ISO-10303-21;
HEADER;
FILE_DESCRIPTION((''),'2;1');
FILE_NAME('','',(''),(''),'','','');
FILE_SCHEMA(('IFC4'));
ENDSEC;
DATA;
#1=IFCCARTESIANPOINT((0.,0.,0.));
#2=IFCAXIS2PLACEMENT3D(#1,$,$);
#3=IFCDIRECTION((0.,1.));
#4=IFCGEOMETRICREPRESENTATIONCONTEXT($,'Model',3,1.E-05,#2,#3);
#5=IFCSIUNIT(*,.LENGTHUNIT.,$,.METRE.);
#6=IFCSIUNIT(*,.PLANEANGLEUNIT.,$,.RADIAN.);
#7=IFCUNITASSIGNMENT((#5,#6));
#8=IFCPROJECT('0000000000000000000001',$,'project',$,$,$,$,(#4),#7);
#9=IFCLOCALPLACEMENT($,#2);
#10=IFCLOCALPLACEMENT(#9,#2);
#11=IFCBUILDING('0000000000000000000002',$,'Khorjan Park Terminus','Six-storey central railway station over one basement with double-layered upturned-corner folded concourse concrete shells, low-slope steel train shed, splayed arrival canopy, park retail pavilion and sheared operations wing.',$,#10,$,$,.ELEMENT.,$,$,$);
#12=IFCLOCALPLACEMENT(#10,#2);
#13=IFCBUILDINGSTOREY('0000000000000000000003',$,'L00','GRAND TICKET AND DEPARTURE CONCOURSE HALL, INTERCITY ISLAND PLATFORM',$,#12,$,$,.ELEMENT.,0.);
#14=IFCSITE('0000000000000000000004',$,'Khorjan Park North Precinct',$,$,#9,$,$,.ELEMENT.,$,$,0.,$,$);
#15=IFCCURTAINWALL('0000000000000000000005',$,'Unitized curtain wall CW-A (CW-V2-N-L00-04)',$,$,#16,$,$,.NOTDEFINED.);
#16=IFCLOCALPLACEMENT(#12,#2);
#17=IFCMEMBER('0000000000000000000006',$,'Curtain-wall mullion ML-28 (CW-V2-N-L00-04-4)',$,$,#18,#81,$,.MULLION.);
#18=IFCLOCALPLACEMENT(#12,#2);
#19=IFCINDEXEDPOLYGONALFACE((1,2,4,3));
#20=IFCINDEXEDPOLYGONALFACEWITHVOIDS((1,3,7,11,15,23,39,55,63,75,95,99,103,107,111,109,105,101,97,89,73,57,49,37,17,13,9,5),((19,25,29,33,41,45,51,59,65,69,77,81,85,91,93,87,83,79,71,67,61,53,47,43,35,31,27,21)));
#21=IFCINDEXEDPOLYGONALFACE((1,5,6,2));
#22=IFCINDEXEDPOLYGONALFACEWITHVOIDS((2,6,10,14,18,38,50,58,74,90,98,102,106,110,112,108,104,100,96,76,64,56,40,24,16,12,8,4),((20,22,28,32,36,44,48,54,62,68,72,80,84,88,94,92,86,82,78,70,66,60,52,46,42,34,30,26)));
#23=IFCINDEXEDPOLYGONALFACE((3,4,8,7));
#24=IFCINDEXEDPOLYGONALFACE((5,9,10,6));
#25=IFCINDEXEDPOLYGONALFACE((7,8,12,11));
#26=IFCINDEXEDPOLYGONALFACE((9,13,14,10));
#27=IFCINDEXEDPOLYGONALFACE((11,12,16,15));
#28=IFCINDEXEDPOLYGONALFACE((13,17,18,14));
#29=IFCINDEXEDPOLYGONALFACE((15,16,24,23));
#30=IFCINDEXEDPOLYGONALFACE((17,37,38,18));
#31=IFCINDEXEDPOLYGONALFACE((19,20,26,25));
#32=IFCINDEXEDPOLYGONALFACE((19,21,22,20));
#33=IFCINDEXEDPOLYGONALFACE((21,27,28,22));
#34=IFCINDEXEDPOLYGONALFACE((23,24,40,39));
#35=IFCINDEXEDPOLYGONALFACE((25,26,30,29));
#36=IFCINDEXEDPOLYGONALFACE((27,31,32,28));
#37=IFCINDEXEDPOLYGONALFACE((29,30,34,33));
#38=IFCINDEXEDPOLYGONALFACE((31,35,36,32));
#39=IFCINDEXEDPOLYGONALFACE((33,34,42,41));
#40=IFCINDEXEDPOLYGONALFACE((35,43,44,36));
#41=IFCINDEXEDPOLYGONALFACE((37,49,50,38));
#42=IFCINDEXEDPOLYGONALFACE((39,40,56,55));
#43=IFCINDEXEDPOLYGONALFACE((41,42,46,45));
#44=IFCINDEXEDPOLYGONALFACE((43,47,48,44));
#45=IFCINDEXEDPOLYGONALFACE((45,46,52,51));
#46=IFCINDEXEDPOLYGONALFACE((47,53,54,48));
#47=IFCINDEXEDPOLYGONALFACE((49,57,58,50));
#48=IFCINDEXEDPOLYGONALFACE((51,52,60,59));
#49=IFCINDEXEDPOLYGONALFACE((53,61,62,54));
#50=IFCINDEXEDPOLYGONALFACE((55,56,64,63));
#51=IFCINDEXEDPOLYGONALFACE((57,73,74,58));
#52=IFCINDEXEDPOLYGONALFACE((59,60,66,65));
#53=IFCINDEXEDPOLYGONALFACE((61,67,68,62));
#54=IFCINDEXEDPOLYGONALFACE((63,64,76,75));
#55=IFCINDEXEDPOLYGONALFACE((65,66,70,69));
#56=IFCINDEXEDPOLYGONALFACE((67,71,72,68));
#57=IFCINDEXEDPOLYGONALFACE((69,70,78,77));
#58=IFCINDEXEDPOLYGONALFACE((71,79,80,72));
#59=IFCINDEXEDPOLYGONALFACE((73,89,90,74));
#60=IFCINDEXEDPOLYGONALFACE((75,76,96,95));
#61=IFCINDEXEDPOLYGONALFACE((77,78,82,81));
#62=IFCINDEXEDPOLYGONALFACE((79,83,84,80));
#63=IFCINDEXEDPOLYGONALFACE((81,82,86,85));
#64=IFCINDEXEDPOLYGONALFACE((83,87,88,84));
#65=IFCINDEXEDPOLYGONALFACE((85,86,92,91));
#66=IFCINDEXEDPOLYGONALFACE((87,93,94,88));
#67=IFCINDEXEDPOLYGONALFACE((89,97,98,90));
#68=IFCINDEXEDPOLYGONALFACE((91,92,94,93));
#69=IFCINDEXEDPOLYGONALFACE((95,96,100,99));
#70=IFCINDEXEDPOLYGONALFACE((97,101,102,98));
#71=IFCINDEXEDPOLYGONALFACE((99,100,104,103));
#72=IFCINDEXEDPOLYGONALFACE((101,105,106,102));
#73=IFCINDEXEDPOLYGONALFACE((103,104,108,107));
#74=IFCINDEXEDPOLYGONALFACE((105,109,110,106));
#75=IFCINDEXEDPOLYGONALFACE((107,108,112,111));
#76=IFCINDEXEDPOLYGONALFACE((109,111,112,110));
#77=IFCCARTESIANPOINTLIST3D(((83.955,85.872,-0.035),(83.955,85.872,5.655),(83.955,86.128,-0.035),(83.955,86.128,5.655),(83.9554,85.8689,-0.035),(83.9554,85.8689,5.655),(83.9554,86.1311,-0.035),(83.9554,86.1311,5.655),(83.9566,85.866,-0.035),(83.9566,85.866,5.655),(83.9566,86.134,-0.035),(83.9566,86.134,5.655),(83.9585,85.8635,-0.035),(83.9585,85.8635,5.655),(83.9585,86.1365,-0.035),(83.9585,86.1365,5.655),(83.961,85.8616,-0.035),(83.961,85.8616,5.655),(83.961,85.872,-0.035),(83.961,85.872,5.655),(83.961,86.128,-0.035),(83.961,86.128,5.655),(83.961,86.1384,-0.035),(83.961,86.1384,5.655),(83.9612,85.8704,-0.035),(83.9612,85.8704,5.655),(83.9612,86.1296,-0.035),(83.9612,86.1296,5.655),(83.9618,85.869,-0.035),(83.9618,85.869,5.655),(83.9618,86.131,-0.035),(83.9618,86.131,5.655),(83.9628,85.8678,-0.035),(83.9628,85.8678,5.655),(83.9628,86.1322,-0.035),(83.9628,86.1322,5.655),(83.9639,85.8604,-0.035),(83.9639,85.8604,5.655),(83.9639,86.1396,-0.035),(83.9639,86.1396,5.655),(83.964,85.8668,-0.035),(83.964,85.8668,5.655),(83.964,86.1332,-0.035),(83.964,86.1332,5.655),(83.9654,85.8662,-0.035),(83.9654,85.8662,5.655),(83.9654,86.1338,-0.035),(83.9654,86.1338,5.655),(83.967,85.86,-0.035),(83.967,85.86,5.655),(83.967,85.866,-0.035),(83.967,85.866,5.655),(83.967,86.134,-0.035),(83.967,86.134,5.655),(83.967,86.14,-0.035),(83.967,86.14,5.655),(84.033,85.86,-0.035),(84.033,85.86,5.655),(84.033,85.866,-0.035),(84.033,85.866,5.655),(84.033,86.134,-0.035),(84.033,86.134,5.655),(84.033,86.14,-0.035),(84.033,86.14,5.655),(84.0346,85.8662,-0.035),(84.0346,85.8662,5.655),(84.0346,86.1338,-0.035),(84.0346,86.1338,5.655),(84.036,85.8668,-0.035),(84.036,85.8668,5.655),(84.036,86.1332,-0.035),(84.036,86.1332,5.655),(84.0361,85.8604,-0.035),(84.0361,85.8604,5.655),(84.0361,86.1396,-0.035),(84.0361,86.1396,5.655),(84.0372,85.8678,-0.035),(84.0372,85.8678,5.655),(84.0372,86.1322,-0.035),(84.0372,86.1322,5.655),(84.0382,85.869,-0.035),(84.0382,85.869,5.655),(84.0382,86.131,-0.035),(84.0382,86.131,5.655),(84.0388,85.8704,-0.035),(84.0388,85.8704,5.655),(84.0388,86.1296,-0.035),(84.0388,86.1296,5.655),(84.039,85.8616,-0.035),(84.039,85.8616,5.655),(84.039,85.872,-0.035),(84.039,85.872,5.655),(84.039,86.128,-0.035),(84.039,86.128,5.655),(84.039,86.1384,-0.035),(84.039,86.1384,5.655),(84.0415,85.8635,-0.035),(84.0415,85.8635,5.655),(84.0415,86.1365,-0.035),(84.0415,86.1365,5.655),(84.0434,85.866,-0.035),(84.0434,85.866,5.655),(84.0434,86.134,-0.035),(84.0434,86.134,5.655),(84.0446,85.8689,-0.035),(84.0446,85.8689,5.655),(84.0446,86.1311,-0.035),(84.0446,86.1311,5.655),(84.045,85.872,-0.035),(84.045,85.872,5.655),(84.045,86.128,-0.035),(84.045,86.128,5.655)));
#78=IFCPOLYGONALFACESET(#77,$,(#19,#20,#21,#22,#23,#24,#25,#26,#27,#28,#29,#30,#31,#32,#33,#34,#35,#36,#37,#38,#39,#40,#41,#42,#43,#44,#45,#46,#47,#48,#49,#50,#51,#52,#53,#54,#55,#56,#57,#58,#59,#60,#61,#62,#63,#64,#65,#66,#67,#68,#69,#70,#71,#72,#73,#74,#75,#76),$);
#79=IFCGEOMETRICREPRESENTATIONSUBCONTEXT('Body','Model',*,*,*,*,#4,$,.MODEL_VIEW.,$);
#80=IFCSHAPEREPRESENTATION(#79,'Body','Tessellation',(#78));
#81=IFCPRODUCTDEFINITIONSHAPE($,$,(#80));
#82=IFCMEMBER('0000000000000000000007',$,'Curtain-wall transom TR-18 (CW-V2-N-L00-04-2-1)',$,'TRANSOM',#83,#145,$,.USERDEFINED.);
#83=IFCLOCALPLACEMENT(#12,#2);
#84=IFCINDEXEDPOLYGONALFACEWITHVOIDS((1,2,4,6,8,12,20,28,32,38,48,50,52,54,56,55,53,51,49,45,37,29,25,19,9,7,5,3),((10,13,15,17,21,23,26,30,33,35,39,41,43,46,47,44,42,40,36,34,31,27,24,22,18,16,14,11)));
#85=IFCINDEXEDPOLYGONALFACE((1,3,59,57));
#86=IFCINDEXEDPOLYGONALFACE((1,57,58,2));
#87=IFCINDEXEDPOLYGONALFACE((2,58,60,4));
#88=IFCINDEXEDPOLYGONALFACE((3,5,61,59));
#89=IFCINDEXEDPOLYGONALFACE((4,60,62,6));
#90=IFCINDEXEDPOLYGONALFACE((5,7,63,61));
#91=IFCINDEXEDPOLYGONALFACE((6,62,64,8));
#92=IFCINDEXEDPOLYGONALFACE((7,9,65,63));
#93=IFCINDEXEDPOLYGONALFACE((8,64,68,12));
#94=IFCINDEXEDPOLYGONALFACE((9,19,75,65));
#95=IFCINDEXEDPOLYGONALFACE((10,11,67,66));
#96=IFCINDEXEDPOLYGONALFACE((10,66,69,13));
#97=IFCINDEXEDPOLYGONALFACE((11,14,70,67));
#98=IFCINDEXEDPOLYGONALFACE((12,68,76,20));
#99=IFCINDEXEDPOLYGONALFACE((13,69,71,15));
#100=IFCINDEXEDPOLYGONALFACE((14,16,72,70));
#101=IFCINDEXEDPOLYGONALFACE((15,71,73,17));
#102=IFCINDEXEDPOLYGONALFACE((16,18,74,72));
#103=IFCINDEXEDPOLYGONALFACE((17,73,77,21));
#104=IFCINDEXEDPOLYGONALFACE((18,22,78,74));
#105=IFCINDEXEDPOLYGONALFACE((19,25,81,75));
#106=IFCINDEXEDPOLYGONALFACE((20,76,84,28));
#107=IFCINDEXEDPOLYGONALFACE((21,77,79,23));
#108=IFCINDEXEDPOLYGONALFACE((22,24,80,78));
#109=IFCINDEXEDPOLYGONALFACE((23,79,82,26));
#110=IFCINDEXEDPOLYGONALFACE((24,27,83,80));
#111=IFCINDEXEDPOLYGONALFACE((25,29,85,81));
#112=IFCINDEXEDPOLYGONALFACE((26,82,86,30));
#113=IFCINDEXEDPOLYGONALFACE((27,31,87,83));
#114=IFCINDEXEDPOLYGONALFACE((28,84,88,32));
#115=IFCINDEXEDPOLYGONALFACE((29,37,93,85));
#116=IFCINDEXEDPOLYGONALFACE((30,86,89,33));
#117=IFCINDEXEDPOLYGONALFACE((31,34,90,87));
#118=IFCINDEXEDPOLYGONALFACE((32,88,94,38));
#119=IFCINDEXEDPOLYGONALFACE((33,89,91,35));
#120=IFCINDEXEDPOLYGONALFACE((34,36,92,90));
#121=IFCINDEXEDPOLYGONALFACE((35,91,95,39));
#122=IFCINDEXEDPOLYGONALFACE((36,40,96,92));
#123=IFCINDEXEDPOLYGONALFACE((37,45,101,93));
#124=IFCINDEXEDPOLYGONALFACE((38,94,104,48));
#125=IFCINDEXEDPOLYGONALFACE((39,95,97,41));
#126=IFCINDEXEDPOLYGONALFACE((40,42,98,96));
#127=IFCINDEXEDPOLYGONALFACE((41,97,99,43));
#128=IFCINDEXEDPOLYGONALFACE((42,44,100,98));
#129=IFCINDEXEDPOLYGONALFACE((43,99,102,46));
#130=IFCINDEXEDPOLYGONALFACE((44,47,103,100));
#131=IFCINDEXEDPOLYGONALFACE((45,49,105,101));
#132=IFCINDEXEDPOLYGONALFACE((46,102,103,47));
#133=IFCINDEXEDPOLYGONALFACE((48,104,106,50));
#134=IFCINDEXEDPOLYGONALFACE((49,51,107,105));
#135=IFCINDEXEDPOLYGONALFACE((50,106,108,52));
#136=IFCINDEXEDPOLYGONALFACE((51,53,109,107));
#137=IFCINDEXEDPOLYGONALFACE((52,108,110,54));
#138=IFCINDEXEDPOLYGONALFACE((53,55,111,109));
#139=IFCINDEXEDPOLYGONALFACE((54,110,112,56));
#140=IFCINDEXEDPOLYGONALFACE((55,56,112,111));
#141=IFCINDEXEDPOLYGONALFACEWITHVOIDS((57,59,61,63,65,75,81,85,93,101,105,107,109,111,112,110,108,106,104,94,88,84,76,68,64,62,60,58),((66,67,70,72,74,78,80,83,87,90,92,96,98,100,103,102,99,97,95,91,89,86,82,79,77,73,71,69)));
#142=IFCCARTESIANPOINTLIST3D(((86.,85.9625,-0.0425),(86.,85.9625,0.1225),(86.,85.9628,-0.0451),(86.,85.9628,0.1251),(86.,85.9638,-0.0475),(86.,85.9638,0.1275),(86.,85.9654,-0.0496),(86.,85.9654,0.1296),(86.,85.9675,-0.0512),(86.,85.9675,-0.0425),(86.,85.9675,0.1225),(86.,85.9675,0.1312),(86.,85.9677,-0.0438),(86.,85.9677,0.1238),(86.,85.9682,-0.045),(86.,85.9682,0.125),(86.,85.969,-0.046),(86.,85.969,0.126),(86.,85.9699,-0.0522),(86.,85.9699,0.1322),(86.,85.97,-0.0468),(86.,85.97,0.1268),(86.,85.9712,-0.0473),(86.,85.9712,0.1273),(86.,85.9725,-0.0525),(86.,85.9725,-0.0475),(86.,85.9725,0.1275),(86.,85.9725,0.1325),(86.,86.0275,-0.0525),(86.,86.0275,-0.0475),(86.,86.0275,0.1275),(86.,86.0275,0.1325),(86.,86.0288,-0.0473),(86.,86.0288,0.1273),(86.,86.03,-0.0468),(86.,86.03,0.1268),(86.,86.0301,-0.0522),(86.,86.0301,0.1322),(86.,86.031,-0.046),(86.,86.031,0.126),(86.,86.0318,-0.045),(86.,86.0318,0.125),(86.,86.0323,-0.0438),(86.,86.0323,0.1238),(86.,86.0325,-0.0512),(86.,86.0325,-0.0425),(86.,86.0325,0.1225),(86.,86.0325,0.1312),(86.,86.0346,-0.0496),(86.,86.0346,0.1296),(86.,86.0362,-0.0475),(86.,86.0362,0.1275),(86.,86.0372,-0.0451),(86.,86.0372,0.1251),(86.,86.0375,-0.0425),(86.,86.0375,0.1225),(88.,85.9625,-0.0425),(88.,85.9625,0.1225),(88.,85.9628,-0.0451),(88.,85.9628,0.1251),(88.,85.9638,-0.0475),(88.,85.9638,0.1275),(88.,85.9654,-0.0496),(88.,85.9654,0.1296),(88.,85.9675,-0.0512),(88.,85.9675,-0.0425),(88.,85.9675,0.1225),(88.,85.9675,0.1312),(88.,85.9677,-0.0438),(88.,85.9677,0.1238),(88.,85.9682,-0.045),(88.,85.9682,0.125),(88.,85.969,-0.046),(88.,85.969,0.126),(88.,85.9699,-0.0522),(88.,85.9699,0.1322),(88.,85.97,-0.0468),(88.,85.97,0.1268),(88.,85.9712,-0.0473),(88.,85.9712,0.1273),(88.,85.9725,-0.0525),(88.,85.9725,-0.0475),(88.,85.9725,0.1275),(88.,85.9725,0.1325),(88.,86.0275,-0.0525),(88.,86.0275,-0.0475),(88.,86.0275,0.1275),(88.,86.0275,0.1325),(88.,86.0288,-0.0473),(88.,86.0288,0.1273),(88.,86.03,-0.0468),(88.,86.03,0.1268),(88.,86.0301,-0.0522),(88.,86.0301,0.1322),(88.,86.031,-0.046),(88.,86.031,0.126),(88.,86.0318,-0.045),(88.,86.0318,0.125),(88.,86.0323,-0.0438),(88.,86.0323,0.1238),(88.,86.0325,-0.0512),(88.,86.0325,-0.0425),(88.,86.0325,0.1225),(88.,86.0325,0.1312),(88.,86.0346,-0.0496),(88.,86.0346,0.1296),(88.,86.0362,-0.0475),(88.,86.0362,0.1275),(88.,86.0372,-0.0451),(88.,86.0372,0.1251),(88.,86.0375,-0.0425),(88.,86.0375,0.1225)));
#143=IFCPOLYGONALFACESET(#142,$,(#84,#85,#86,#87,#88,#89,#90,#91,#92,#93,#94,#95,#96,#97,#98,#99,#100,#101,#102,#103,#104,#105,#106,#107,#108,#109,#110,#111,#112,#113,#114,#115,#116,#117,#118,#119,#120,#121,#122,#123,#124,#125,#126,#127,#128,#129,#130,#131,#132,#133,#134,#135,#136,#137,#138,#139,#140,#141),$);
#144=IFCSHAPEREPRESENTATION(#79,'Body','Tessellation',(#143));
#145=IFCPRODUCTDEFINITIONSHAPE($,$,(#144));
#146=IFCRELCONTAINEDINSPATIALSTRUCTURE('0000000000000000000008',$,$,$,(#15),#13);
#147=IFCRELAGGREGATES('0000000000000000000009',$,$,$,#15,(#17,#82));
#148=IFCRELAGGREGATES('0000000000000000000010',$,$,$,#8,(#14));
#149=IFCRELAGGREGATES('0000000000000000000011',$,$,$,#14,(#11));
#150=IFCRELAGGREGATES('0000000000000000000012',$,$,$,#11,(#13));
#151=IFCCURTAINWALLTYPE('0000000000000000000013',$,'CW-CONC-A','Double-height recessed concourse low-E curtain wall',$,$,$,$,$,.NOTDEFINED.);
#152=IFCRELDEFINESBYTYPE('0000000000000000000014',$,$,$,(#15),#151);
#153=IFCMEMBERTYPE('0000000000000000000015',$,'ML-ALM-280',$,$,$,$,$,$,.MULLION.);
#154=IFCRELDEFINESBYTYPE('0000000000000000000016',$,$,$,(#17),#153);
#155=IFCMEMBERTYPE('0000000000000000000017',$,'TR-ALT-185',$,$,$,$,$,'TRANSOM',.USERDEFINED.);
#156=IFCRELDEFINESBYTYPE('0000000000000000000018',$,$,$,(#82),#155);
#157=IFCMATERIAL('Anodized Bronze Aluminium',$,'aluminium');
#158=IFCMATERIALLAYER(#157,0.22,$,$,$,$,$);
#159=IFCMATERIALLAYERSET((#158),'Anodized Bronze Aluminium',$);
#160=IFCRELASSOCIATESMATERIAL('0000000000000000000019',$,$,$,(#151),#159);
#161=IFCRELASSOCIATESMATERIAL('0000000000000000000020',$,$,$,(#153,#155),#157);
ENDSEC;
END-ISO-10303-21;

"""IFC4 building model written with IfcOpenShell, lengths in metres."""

from ifc_helpers import new_model, si_unit, direction, frame, origin, origin_2d, place, context, subcontext, project, spatial, hollow_rectangle, extrude, material, layer, layer_set, material_profile, profile_set, type_object, element, aggregate, save


model = new_model("IFC4")

# Units and contexts
model_context = context("Model", 3, precision=1e-05, world=origin(), true_north=direction((0.0, 1.0)))
body_context = subcontext(model_context, "Body", "Model", "MODEL_VIEW")
ifc_project = project(units=[si_unit("LENGTHUNIT", "METRE"), si_unit("PLANEANGLEUNIT", "RADIAN")], contexts=[model_context])

# Site, building, storey
site_placement = place(None, origin())
site = spatial("IfcSite", under=ifc_project, at=site_placement, Name="Khorjan Park North Precinct", CompositionType="ELEMENT", RefElevation=0.0)
building_placement = place(site_placement, origin())
building = spatial("IfcBuilding", under=site, at=building_placement, Name="Khorjan Park Terminus", Description="Six-storey central railway station over one basement with double-layered upturned-corner folded concourse concrete shells, low-slope steel train shed, splayed arrival canopy, park retail pavilion and sheared operations wing.", CompositionType="ELEMENT")
storey_placement = place(building_placement, origin())
storey = spatial("IfcBuildingStorey", under=building, at=storey_placement, Name="L00", Description="GRAND TICKET AND DEPARTURE CONCOURSE HALL, INTERCITY ISLAND PLATFORM", CompositionType="ELEMENT", Elevation=0.0)

# Curtain wall, members
ifc_material_1 = material(Name="Anodized Bronze Aluminium", Category="aluminium")
ifc_layer_1 = layer(ifc_material_1, 0.22)
ifc_layer_set_1 = layer_set([ifc_layer_1], Name="Anodized Bronze Aluminium")
curtain_wall_type = type_object("IfcCurtainWallType", Name="CW-CONC-A", Description="Double-height recessed concourse low-E curtain wall", PredefinedType="NOTDEFINED", material=ifc_layer_set_1)
curtain_wall_placement = place(storey_placement, origin())
curtain_wall = element("IfcCurtainWall", 1, at=curtain_wall_placement, inside=storey, type_object=curtain_wall_type, Name="Unitized curtain wall CW-A (CW-V2-N-L00-04)", PredefinedType="NOTDEFINED")
ifc_material_profile_1 = material_profile(ifc_material_1, hollow_rectangle(XDim=0.09, YDim=0.28, WallThickness=0.006, InnerFilletRadius=0.006, OuterFilletRadius=0.012, at=origin_2d()), Name="ALM 90x280x6")
ifc_profile_set_1 = profile_set([ifc_material_profile_1], Name="Anodized Bronze Aluminium")
member_type_1 = type_object("IfcMemberType", Name="ML-ALM-280", PredefinedType="MULLION", material=ifc_profile_set_1)
member_1_placement = place(storey_placement, frame((84.0, 86.0, -0.035), z_axis=(0.0, 0.0, 1.0), x_axis=(-1.0, 0.0, 0.0)))
member_1 = element("IfcMember", 2, at=member_1_placement, type_object=member_type_1, Name="Curtain-wall mullion ML-28 (CW-V2-N-L00-04-4)", PredefinedType="MULLION", context=body_context, shape_type="SweptSolid", body=[
    extrude(hollow_rectangle(XDim=0.09, YDim=0.28, WallThickness=0.006, InnerFilletRadius=0.006, OuterFilletRadius=0.012, at=origin_2d()), origin(), (0.0, 0.0, 1.0), 5.69),
])
ifc_material_profile_2 = material_profile(ifc_material_1, hollow_rectangle(XDim=0.075, YDim=0.185, WallThickness=0.005, InnerFilletRadius=0.005, OuterFilletRadius=0.01, at=origin_2d()), Name="ALT 75x185x5")
ifc_profile_set_2 = profile_set([ifc_material_profile_2], Name="Anodized Bronze Aluminium")
member_type_2 = type_object("IfcMemberType", Name="TR-ALT-185", ElementType="TRANSOM", PredefinedType="USERDEFINED", material=ifc_profile_set_2)
member_2_placement = place(storey_placement, frame((88.0, 86.0, 0.04), z_axis=(-1.0, 0.0, 0.0), x_axis=(0.0, -1.0, 0.0)))
member_2 = element("IfcMember", 3, at=member_2_placement, type_object=member_type_2, Name="Curtain-wall transom TR-18 (CW-V2-N-L00-04-2-1)", ObjectType="TRANSOM", PredefinedType="USERDEFINED", context=body_context, shape_type="SweptSolid", body=[
    extrude(hollow_rectangle(XDim=0.075, YDim=0.185, WallThickness=0.005, InnerFilletRadius=0.005, OuterFilletRadius=0.01, at=origin_2d()), origin(), (0.0, 0.0, 1.0), 2.0),
])
aggregate(curtain_wall, [member_1, member_2])

save(model, "model.ifc")
